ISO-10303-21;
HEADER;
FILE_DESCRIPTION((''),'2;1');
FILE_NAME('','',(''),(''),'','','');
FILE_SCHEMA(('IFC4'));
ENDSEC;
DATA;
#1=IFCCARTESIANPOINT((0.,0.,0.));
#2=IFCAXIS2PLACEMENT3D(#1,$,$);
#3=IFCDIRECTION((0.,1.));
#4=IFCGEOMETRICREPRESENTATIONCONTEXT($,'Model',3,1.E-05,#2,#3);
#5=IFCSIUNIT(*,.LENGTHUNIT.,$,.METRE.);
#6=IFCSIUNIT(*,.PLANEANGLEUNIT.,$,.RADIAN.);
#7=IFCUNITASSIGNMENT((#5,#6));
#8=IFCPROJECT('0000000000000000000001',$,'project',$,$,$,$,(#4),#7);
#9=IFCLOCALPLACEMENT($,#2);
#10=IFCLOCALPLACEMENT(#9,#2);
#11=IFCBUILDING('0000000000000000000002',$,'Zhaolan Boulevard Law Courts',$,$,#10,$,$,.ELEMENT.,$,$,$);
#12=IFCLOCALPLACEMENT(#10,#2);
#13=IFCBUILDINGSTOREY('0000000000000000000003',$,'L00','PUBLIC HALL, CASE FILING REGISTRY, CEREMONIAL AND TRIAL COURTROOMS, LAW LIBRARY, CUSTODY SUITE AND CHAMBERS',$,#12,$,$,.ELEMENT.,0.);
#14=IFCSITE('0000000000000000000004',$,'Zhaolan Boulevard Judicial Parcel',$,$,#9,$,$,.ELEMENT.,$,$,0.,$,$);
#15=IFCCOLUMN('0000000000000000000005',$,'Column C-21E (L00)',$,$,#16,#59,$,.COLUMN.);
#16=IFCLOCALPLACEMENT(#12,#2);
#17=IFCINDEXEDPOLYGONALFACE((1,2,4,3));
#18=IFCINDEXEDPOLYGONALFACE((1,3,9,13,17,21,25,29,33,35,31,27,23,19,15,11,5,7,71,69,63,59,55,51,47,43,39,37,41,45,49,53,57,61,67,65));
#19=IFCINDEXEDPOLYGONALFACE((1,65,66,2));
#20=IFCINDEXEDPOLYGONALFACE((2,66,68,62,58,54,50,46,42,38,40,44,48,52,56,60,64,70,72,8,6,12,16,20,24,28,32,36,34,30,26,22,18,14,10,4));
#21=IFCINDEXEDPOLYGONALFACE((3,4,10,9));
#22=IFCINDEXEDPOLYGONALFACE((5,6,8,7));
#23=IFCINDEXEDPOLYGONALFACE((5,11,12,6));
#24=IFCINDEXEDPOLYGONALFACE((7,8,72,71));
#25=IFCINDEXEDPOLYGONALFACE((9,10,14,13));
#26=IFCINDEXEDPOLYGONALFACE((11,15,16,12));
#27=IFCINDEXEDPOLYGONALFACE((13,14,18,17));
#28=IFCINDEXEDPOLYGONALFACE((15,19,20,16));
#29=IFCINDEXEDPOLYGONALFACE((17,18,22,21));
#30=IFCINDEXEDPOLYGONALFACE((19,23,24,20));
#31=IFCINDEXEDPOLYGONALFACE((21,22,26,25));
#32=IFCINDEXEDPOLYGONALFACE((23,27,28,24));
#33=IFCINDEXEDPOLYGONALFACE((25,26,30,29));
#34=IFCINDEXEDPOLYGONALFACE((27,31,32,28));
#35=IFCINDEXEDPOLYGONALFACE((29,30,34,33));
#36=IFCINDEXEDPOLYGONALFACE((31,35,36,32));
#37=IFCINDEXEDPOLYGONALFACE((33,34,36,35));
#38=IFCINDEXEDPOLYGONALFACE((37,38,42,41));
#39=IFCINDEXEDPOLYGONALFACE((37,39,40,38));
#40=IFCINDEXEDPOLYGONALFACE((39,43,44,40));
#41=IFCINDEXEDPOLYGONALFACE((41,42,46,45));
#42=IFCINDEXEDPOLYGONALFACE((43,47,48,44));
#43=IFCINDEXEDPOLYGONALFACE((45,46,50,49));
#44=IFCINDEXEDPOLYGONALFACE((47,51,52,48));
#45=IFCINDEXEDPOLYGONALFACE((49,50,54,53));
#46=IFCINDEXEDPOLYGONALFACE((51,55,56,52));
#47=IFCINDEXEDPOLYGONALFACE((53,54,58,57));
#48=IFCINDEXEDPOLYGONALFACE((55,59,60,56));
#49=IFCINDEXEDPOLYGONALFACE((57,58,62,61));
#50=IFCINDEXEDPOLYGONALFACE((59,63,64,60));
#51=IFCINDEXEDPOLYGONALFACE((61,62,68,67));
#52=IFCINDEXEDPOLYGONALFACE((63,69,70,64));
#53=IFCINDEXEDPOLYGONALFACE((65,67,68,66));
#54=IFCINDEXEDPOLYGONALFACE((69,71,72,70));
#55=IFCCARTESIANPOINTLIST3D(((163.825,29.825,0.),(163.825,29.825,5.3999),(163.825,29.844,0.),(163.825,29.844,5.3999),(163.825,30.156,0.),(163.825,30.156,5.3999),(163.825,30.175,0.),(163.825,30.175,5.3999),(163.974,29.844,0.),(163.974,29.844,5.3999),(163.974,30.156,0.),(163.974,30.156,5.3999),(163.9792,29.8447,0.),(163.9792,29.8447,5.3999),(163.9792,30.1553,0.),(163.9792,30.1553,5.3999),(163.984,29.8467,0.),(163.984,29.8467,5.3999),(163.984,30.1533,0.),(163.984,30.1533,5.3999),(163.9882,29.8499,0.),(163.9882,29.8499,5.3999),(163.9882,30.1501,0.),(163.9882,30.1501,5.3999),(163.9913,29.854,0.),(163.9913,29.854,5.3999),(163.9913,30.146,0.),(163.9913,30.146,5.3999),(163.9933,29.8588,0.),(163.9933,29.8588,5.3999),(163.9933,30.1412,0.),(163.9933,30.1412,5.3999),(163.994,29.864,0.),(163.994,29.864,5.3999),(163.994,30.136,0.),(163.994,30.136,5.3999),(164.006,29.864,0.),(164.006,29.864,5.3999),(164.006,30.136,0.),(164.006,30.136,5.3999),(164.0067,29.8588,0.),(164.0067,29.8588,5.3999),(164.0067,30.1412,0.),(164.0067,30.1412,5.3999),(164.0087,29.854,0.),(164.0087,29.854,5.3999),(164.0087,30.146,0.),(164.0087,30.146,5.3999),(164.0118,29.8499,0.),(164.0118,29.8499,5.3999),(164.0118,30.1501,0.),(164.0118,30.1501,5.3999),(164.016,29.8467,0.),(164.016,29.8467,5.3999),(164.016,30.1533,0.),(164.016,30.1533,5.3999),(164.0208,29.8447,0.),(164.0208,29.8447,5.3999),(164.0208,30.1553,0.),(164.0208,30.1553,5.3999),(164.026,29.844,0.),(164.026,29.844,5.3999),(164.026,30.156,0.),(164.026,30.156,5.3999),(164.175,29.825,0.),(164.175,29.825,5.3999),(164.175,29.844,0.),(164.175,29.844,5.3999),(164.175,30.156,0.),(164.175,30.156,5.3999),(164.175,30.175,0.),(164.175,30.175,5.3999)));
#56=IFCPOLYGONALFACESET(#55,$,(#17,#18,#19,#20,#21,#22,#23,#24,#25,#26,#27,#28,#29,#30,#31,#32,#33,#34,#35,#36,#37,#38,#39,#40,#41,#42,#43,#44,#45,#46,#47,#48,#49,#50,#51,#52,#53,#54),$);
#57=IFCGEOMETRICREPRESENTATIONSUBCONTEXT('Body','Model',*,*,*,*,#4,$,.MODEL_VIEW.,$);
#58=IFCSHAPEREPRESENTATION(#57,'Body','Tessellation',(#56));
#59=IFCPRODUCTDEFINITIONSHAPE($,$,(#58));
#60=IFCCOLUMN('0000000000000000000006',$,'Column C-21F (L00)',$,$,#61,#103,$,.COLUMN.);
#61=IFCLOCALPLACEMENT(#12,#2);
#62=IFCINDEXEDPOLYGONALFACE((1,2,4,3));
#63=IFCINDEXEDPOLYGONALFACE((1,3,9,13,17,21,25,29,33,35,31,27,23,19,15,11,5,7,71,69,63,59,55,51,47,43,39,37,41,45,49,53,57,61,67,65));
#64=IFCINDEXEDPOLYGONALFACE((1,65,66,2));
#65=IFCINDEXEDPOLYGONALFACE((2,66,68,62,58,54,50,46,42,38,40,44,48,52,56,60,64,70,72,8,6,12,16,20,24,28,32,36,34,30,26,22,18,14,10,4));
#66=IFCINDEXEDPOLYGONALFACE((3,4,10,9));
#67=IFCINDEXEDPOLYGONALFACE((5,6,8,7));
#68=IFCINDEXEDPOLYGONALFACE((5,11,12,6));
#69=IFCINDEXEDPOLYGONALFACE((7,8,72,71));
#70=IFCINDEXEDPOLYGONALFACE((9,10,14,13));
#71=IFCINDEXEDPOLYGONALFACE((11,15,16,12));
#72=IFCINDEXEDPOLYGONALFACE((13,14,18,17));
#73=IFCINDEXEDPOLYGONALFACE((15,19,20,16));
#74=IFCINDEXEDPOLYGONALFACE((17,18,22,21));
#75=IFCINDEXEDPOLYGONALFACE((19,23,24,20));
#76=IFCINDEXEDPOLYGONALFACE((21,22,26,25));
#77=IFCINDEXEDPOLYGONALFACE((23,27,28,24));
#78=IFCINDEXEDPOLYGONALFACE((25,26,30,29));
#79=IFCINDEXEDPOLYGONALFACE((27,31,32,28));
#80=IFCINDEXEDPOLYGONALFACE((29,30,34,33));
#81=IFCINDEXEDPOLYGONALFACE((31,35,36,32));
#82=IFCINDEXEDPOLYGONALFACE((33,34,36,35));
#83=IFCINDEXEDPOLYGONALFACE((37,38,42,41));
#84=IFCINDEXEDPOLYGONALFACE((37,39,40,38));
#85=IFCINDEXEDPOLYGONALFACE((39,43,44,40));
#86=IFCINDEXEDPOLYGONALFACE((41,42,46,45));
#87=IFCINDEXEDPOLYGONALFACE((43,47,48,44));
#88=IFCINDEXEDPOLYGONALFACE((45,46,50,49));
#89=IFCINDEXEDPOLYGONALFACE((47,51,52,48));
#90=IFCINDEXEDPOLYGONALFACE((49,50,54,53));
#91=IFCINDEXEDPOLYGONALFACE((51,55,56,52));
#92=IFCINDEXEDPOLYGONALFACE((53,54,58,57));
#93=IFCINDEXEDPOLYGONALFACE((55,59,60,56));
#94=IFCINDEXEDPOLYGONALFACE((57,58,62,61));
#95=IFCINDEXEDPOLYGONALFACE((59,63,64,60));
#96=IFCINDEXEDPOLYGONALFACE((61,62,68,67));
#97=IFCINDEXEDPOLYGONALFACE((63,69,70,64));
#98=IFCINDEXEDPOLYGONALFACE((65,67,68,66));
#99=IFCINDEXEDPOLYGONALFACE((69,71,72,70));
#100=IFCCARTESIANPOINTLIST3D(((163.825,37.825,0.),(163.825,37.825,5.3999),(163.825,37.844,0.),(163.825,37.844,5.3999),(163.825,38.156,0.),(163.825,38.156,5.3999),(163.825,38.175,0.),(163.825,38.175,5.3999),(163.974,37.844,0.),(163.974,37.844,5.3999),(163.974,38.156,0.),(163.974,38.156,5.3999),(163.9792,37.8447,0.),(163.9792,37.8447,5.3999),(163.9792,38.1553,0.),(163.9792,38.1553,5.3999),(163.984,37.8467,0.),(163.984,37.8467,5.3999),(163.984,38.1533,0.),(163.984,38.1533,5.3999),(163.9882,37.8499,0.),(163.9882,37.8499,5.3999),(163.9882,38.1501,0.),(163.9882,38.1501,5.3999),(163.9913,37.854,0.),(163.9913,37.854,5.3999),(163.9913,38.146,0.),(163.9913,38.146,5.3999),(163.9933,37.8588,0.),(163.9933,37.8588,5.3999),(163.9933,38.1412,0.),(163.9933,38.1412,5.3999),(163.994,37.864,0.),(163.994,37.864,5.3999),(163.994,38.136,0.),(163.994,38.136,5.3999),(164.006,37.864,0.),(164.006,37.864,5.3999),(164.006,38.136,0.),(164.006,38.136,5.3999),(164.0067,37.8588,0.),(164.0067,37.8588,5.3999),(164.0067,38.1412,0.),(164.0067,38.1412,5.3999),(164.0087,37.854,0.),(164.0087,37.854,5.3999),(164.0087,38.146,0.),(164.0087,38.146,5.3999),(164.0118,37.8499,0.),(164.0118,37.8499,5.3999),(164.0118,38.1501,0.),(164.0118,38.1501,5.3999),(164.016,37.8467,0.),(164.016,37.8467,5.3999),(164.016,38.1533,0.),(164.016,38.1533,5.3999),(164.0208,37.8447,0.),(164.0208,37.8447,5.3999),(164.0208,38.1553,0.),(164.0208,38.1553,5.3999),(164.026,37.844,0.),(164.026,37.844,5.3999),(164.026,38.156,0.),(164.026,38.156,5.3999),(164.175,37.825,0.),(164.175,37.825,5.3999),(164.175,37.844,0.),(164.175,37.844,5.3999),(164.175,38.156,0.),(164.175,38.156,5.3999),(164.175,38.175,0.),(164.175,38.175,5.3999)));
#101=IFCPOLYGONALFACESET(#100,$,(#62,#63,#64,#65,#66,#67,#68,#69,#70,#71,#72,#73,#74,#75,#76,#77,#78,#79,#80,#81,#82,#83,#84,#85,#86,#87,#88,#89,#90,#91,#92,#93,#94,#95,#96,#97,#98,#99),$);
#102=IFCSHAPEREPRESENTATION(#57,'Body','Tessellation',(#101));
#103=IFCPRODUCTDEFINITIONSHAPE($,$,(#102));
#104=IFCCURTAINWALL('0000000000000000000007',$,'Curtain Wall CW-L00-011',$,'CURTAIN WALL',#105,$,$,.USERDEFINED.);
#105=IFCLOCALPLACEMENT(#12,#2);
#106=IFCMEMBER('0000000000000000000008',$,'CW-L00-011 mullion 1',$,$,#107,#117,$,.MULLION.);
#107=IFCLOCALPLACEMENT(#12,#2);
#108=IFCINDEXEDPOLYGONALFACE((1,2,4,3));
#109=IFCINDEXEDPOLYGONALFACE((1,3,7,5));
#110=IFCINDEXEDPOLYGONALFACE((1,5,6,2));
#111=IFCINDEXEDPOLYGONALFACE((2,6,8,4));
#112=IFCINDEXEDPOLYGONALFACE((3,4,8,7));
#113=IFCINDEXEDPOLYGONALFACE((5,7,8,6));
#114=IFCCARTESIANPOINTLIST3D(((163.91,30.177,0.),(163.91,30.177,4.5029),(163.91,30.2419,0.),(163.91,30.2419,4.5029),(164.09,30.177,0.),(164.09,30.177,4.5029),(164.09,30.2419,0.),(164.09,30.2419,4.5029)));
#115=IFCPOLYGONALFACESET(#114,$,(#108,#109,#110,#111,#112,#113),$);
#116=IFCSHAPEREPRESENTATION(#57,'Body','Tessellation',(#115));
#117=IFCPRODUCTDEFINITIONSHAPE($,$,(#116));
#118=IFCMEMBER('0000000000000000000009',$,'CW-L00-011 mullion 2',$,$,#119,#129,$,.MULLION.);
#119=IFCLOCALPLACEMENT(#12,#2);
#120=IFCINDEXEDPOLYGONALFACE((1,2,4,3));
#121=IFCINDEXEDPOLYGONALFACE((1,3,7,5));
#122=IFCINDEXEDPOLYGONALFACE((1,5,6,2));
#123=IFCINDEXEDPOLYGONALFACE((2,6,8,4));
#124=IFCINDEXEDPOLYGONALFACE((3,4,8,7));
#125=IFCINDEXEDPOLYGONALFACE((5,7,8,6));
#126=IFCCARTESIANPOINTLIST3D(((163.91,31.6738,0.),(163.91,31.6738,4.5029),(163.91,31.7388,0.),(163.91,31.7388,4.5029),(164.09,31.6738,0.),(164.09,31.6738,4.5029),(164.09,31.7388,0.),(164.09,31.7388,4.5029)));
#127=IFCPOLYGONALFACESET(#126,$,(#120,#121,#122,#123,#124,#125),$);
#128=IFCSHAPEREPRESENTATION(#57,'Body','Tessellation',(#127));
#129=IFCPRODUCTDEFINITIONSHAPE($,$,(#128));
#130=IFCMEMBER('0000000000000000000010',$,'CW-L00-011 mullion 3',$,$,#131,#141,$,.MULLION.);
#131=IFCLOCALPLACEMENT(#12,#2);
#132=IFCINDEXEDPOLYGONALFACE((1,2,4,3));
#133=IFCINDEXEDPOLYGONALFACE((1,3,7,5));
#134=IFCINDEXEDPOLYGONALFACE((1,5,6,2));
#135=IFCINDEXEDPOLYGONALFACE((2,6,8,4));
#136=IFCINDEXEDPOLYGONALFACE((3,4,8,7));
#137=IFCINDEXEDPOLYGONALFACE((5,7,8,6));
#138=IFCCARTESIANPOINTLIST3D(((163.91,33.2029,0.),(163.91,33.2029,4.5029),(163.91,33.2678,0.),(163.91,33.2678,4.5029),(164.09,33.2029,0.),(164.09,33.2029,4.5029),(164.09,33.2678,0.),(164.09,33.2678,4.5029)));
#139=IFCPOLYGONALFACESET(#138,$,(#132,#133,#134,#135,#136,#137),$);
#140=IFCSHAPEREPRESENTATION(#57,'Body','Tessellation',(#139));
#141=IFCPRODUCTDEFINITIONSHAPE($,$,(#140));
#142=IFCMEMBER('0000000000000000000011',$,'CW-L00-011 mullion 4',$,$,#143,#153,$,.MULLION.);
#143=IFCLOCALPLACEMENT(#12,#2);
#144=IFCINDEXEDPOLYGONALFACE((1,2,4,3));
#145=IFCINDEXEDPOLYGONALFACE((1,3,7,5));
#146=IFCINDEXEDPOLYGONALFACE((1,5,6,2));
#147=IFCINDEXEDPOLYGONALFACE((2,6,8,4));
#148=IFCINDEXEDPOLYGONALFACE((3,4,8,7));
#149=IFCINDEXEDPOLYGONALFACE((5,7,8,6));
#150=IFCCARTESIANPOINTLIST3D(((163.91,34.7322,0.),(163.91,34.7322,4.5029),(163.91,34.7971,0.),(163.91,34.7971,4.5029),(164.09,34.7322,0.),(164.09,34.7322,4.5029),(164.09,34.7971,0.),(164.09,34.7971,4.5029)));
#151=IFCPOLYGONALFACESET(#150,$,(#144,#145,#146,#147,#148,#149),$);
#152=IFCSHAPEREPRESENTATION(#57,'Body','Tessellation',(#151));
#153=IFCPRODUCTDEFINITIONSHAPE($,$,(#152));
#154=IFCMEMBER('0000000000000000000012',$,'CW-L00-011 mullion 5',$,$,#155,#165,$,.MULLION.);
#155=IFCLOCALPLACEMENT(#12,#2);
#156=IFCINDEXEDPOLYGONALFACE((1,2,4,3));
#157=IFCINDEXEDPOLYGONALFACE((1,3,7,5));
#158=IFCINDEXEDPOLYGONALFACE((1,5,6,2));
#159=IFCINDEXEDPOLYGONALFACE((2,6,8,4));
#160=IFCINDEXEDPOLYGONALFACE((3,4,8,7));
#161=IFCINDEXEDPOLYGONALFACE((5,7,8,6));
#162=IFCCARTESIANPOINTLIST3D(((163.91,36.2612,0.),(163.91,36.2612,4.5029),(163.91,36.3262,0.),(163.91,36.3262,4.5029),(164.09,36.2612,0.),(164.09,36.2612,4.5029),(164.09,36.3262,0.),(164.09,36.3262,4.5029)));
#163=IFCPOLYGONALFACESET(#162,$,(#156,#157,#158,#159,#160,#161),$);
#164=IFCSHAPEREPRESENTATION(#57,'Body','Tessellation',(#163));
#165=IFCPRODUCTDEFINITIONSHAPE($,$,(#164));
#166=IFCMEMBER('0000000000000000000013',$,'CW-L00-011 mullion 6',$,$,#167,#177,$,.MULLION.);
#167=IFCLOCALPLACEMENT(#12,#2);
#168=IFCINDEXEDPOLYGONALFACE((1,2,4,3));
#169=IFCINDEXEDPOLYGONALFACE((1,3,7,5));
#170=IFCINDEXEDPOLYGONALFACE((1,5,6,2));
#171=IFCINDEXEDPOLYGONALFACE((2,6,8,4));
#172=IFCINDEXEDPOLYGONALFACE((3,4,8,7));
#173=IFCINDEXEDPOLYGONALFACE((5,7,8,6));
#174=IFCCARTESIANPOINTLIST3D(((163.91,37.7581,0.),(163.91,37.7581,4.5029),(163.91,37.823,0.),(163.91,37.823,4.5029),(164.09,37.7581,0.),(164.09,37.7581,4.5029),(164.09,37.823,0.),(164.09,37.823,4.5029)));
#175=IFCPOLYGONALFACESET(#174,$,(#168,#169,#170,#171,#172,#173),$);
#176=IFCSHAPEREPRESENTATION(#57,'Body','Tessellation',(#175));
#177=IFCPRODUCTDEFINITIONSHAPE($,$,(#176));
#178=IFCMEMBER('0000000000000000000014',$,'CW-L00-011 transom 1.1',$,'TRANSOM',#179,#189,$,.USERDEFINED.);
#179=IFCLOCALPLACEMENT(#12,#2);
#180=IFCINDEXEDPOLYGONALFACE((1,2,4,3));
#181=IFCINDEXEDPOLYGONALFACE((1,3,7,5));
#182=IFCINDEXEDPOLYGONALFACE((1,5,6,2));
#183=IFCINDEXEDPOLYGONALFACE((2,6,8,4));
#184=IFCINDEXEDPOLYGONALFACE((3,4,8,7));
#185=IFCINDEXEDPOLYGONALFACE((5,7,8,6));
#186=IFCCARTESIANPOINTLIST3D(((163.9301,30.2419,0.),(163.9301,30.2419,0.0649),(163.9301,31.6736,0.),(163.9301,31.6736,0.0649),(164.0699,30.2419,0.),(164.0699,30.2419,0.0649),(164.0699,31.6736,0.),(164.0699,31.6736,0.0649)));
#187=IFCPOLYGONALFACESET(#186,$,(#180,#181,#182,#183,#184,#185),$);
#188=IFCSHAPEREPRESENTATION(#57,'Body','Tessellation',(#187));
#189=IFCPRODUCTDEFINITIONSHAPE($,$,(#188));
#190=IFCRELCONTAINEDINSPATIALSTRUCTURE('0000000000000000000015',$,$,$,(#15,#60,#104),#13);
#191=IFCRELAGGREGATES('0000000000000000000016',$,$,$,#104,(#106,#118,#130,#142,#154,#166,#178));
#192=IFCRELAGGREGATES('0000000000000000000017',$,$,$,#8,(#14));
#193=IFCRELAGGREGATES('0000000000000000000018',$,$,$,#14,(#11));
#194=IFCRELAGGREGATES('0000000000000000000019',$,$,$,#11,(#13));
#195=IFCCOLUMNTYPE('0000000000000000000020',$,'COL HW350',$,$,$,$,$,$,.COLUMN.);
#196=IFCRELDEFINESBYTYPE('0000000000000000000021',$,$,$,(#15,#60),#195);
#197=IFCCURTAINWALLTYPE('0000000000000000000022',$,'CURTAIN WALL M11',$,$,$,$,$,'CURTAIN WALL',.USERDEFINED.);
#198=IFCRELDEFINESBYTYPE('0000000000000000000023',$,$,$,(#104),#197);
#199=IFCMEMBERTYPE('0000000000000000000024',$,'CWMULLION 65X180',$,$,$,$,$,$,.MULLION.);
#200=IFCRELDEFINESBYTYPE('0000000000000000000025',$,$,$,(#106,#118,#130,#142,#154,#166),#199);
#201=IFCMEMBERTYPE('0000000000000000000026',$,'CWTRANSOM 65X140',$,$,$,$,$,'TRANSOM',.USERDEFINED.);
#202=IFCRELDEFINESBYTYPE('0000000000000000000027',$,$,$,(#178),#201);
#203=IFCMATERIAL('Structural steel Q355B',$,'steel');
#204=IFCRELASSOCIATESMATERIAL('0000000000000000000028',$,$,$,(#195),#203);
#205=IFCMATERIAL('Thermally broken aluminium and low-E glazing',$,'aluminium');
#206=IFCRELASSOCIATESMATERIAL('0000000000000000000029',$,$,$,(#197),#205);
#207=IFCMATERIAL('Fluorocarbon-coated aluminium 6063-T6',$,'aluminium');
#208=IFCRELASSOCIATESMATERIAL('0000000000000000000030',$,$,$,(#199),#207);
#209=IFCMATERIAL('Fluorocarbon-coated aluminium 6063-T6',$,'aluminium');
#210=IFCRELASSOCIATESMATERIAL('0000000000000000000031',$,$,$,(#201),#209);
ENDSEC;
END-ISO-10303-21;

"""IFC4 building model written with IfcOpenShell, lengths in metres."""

from ifc_helpers import new_model, si_unit, direction, frame, origin, origin_2d, place, context, subcontext, project, spatial, rectangle, i_section, extrude, material, material_profile, profile_set, type_object, element, aggregate, save


model = new_model("IFC4")

# Units and contexts
model_context = context("Model", 3, precision=1e-05, world=origin(), true_north=direction((0.0, 1.0)))
body_context = subcontext(model_context, "Body", "Model", "MODEL_VIEW")
ifc_project = project(units=[si_unit("LENGTHUNIT", "METRE"), si_unit("PLANEANGLEUNIT", "RADIAN")], contexts=[model_context])

# Site, building, storey
site_placement = place(None, origin())
site = spatial("IfcSite", under=ifc_project, at=site_placement, Name="Zhaolan Boulevard Judicial Parcel", CompositionType="ELEMENT", RefElevation=0.0)
building_placement = place(site_placement, origin())
building = spatial("IfcBuilding", under=site, at=building_placement, Name="Zhaolan Boulevard Law Courts", CompositionType="ELEMENT")
storey_placement = place(building_placement, origin())
storey = spatial("IfcBuildingStorey", under=building, at=storey_placement, Name="L00", Description="PUBLIC HALL, CASE FILING REGISTRY, CEREMONIAL AND TRIAL COURTROOMS, LAW LIBRARY, CUSTODY SUITE AND CHAMBERS", CompositionType="ELEMENT", Elevation=0.0)

# Columns
ifc_material_1 = material(Name="Structural steel Q355B", Category="steel")
ifc_material_profile_1 = material_profile(ifc_material_1, i_section(OverallWidth=0.3501, OverallDepth=0.3501, WebThickness=0.012, FlangeThickness=0.019, FilletRadius=0.02, at=origin_2d()), Name="HW350x350")
ifc_profile_set_1 = profile_set([ifc_material_profile_1], Name="Structural steel Q355B")
column_type = type_object("IfcColumnType", Name="COL HW350", PredefinedType="COLUMN", material=ifc_profile_set_1)
for number, where, z_axis, x_axis, name in (
    (1, (164.0, 30.0, 0.0), (0.0, 0.0, 1.0), (1.0, 0.0, 0.0), "Column C-21E (L00)"),
    (2, (164.0, 38.0, 0.0), (0.0, 0.0, 1.0), (1.0, 0.0, 0.0), "Column C-21F (L00)"),
):
    element("IfcColumn", number, at=place(storey_placement, frame(where, z_axis=z_axis, x_axis=x_axis)), inside=storey, type_object=column_type, Name=name, PredefinedType="COLUMN", context=body_context, shape_type="SweptSolid", body=[
        extrude(i_section(OverallWidth=0.3501, OverallDepth=0.3501, WebThickness=0.012, FlangeThickness=0.019, FilletRadius=0.02, at=origin_2d()), origin(), (0.0, 0.0, 1.0), 5.3999),
    ])

# Curtain wall, members
ifc_material_2 = material(Name="Thermally broken aluminium and low-E glazing", Category="aluminium")
curtain_wall_type = type_object("IfcCurtainWallType", Name="CURTAIN WALL M11", ElementType="CURTAIN WALL", PredefinedType="USERDEFINED", material=ifc_material_2)
curtain_wall_placement = place(storey_placement, origin())
curtain_wall = element("IfcCurtainWall", 3, at=curtain_wall_placement, inside=storey, type_object=curtain_wall_type, Name="Curtain Wall CW-L00-011", ObjectType="CURTAIN WALL", PredefinedType="USERDEFINED")
ifc_material_3 = material(Name="Fluorocarbon-coated aluminium 6063-T6", Category="aluminium")
ifc_material_profile_2 = material_profile(ifc_material_3, rectangle(XDim=0.1799, YDim=0.0649, at=origin_2d()), Name="AL65x180")
ifc_profile_set_2 = profile_set([ifc_material_profile_2], Name="Fluorocarbon-coated aluminium 6063-T6")
member_type_1 = type_object("IfcMemberType", Name="CWMULLION 65X180", PredefinedType="MULLION", material=ifc_profile_set_2)
member_1_placement = place(storey_placement, frame((164.0, 30.2095, 0.0), z_axis=(0.0, 0.0, 1.0), x_axis=(-1.0, 0.0, 0.0)))
member_1 = element("IfcMember", 4, at=member_1_placement, type_object=member_type_1, Name="CW-L00-011 mullion 1", PredefinedType="MULLION", context=body_context, shape_type="SweptSolid", body=[
    extrude(rectangle(XDim=0.1799, YDim=0.0649, at=origin_2d()), origin(), (0.0, 0.0, 1.0), 4.5029),
])
member_2_placement = place(storey_placement, frame((164.0, 31.7063, 0.0), z_axis=(0.0, 0.0, 1.0), x_axis=(-1.0, 0.0, 0.0)))
member_2 = element("IfcMember", 5, at=member_2_placement, type_object=member_type_1, Name="CW-L00-011 mullion 2", PredefinedType="MULLION", context=body_context, shape_type="SweptSolid", body=[
    extrude(rectangle(XDim=0.1799, YDim=0.0649, at=origin_2d()), origin(), (0.0, 0.0, 1.0), 4.5029),
])
member_3_placement = place(storey_placement, frame((164.0, 33.2354, 0.0), z_axis=(0.0, 0.0, 1.0), x_axis=(-1.0, 0.0, 0.0)))
member_3 = element("IfcMember", 6, at=member_3_placement, type_object=member_type_1, Name="CW-L00-011 mullion 3", PredefinedType="MULLION", context=body_context, shape_type="SweptSolid", body=[
    extrude(rectangle(XDim=0.1799, YDim=0.0649, at=origin_2d()), origin(), (0.0, 0.0, 1.0), 4.5029),
])
member_4_placement = place(storey_placement, frame((164.0, 34.7646, 0.0), z_axis=(0.0, 0.0, 1.0), x_axis=(-1.0, 0.0, 0.0)))
member_4 = element("IfcMember", 7, at=member_4_placement, type_object=member_type_1, Name="CW-L00-011 mullion 4", PredefinedType="MULLION", context=body_context, shape_type="SweptSolid", body=[
    extrude(rectangle(XDim=0.1799, YDim=0.0649, at=origin_2d()), origin(), (0.0, 0.0, 1.0), 4.5029),
])
member_5_placement = place(storey_placement, frame((164.0, 36.2937, 0.0), z_axis=(0.0, 0.0, 1.0), x_axis=(-1.0, 0.0, 0.0)))
member_5 = element("IfcMember", 8, at=member_5_placement, type_object=member_type_1, Name="CW-L00-011 mullion 5", PredefinedType="MULLION", context=body_context, shape_type="SweptSolid", body=[
    extrude(rectangle(XDim=0.1799, YDim=0.0649, at=origin_2d()), origin(), (0.0, 0.0, 1.0), 4.5029),
])
member_6_placement = place(storey_placement, frame((164.0, 37.7905, 0.0), z_axis=(0.0, 0.0, 1.0), x_axis=(-1.0, 0.0, 0.0)))
member_6 = element("IfcMember", 9, at=member_6_placement, type_object=member_type_1, Name="CW-L00-011 mullion 6", PredefinedType="MULLION", context=body_context, shape_type="SweptSolid", body=[
    extrude(rectangle(XDim=0.1799, YDim=0.0649, at=origin_2d()), origin(), (0.0, 0.0, 1.0), 4.5029),
])
ifc_material_4 = material(Name="Fluorocarbon-coated aluminium 6063-T6", Category="aluminium")
ifc_material_profile_3 = material_profile(ifc_material_4, rectangle(XDim=0.1399, YDim=0.0649, at=origin_2d()), Name="AL65x140")
ifc_profile_set_3 = profile_set([ifc_material_profile_3], Name="Fluorocarbon-coated aluminium 6063-T6")
member_type_2 = type_object("IfcMemberType", Name="CWTRANSOM 65X140", ElementType="TRANSOM", PredefinedType="USERDEFINED", material=ifc_profile_set_3)
member_7_placement = place(storey_placement, frame((164.0, 30.2419, 0.0325), z_axis=(0.0, 1.0, 0.0), x_axis=(-1.0, 0.0, 0.0)))
member_7 = element("IfcMember", 10, at=member_7_placement, type_object=member_type_2, Name="CW-L00-011 transom 1.1", ObjectType="TRANSOM", PredefinedType="USERDEFINED", context=body_context, shape_type="SweptSolid", body=[
    extrude(rectangle(XDim=0.1399, YDim=0.0649, at=origin_2d()), origin(), (0.0, 0.0, 1.0), 1.4316),
])
aggregate(curtain_wall, [member_1, member_2, member_3, member_4, member_5, member_6, member_7])

save(model, "model.ifc")
